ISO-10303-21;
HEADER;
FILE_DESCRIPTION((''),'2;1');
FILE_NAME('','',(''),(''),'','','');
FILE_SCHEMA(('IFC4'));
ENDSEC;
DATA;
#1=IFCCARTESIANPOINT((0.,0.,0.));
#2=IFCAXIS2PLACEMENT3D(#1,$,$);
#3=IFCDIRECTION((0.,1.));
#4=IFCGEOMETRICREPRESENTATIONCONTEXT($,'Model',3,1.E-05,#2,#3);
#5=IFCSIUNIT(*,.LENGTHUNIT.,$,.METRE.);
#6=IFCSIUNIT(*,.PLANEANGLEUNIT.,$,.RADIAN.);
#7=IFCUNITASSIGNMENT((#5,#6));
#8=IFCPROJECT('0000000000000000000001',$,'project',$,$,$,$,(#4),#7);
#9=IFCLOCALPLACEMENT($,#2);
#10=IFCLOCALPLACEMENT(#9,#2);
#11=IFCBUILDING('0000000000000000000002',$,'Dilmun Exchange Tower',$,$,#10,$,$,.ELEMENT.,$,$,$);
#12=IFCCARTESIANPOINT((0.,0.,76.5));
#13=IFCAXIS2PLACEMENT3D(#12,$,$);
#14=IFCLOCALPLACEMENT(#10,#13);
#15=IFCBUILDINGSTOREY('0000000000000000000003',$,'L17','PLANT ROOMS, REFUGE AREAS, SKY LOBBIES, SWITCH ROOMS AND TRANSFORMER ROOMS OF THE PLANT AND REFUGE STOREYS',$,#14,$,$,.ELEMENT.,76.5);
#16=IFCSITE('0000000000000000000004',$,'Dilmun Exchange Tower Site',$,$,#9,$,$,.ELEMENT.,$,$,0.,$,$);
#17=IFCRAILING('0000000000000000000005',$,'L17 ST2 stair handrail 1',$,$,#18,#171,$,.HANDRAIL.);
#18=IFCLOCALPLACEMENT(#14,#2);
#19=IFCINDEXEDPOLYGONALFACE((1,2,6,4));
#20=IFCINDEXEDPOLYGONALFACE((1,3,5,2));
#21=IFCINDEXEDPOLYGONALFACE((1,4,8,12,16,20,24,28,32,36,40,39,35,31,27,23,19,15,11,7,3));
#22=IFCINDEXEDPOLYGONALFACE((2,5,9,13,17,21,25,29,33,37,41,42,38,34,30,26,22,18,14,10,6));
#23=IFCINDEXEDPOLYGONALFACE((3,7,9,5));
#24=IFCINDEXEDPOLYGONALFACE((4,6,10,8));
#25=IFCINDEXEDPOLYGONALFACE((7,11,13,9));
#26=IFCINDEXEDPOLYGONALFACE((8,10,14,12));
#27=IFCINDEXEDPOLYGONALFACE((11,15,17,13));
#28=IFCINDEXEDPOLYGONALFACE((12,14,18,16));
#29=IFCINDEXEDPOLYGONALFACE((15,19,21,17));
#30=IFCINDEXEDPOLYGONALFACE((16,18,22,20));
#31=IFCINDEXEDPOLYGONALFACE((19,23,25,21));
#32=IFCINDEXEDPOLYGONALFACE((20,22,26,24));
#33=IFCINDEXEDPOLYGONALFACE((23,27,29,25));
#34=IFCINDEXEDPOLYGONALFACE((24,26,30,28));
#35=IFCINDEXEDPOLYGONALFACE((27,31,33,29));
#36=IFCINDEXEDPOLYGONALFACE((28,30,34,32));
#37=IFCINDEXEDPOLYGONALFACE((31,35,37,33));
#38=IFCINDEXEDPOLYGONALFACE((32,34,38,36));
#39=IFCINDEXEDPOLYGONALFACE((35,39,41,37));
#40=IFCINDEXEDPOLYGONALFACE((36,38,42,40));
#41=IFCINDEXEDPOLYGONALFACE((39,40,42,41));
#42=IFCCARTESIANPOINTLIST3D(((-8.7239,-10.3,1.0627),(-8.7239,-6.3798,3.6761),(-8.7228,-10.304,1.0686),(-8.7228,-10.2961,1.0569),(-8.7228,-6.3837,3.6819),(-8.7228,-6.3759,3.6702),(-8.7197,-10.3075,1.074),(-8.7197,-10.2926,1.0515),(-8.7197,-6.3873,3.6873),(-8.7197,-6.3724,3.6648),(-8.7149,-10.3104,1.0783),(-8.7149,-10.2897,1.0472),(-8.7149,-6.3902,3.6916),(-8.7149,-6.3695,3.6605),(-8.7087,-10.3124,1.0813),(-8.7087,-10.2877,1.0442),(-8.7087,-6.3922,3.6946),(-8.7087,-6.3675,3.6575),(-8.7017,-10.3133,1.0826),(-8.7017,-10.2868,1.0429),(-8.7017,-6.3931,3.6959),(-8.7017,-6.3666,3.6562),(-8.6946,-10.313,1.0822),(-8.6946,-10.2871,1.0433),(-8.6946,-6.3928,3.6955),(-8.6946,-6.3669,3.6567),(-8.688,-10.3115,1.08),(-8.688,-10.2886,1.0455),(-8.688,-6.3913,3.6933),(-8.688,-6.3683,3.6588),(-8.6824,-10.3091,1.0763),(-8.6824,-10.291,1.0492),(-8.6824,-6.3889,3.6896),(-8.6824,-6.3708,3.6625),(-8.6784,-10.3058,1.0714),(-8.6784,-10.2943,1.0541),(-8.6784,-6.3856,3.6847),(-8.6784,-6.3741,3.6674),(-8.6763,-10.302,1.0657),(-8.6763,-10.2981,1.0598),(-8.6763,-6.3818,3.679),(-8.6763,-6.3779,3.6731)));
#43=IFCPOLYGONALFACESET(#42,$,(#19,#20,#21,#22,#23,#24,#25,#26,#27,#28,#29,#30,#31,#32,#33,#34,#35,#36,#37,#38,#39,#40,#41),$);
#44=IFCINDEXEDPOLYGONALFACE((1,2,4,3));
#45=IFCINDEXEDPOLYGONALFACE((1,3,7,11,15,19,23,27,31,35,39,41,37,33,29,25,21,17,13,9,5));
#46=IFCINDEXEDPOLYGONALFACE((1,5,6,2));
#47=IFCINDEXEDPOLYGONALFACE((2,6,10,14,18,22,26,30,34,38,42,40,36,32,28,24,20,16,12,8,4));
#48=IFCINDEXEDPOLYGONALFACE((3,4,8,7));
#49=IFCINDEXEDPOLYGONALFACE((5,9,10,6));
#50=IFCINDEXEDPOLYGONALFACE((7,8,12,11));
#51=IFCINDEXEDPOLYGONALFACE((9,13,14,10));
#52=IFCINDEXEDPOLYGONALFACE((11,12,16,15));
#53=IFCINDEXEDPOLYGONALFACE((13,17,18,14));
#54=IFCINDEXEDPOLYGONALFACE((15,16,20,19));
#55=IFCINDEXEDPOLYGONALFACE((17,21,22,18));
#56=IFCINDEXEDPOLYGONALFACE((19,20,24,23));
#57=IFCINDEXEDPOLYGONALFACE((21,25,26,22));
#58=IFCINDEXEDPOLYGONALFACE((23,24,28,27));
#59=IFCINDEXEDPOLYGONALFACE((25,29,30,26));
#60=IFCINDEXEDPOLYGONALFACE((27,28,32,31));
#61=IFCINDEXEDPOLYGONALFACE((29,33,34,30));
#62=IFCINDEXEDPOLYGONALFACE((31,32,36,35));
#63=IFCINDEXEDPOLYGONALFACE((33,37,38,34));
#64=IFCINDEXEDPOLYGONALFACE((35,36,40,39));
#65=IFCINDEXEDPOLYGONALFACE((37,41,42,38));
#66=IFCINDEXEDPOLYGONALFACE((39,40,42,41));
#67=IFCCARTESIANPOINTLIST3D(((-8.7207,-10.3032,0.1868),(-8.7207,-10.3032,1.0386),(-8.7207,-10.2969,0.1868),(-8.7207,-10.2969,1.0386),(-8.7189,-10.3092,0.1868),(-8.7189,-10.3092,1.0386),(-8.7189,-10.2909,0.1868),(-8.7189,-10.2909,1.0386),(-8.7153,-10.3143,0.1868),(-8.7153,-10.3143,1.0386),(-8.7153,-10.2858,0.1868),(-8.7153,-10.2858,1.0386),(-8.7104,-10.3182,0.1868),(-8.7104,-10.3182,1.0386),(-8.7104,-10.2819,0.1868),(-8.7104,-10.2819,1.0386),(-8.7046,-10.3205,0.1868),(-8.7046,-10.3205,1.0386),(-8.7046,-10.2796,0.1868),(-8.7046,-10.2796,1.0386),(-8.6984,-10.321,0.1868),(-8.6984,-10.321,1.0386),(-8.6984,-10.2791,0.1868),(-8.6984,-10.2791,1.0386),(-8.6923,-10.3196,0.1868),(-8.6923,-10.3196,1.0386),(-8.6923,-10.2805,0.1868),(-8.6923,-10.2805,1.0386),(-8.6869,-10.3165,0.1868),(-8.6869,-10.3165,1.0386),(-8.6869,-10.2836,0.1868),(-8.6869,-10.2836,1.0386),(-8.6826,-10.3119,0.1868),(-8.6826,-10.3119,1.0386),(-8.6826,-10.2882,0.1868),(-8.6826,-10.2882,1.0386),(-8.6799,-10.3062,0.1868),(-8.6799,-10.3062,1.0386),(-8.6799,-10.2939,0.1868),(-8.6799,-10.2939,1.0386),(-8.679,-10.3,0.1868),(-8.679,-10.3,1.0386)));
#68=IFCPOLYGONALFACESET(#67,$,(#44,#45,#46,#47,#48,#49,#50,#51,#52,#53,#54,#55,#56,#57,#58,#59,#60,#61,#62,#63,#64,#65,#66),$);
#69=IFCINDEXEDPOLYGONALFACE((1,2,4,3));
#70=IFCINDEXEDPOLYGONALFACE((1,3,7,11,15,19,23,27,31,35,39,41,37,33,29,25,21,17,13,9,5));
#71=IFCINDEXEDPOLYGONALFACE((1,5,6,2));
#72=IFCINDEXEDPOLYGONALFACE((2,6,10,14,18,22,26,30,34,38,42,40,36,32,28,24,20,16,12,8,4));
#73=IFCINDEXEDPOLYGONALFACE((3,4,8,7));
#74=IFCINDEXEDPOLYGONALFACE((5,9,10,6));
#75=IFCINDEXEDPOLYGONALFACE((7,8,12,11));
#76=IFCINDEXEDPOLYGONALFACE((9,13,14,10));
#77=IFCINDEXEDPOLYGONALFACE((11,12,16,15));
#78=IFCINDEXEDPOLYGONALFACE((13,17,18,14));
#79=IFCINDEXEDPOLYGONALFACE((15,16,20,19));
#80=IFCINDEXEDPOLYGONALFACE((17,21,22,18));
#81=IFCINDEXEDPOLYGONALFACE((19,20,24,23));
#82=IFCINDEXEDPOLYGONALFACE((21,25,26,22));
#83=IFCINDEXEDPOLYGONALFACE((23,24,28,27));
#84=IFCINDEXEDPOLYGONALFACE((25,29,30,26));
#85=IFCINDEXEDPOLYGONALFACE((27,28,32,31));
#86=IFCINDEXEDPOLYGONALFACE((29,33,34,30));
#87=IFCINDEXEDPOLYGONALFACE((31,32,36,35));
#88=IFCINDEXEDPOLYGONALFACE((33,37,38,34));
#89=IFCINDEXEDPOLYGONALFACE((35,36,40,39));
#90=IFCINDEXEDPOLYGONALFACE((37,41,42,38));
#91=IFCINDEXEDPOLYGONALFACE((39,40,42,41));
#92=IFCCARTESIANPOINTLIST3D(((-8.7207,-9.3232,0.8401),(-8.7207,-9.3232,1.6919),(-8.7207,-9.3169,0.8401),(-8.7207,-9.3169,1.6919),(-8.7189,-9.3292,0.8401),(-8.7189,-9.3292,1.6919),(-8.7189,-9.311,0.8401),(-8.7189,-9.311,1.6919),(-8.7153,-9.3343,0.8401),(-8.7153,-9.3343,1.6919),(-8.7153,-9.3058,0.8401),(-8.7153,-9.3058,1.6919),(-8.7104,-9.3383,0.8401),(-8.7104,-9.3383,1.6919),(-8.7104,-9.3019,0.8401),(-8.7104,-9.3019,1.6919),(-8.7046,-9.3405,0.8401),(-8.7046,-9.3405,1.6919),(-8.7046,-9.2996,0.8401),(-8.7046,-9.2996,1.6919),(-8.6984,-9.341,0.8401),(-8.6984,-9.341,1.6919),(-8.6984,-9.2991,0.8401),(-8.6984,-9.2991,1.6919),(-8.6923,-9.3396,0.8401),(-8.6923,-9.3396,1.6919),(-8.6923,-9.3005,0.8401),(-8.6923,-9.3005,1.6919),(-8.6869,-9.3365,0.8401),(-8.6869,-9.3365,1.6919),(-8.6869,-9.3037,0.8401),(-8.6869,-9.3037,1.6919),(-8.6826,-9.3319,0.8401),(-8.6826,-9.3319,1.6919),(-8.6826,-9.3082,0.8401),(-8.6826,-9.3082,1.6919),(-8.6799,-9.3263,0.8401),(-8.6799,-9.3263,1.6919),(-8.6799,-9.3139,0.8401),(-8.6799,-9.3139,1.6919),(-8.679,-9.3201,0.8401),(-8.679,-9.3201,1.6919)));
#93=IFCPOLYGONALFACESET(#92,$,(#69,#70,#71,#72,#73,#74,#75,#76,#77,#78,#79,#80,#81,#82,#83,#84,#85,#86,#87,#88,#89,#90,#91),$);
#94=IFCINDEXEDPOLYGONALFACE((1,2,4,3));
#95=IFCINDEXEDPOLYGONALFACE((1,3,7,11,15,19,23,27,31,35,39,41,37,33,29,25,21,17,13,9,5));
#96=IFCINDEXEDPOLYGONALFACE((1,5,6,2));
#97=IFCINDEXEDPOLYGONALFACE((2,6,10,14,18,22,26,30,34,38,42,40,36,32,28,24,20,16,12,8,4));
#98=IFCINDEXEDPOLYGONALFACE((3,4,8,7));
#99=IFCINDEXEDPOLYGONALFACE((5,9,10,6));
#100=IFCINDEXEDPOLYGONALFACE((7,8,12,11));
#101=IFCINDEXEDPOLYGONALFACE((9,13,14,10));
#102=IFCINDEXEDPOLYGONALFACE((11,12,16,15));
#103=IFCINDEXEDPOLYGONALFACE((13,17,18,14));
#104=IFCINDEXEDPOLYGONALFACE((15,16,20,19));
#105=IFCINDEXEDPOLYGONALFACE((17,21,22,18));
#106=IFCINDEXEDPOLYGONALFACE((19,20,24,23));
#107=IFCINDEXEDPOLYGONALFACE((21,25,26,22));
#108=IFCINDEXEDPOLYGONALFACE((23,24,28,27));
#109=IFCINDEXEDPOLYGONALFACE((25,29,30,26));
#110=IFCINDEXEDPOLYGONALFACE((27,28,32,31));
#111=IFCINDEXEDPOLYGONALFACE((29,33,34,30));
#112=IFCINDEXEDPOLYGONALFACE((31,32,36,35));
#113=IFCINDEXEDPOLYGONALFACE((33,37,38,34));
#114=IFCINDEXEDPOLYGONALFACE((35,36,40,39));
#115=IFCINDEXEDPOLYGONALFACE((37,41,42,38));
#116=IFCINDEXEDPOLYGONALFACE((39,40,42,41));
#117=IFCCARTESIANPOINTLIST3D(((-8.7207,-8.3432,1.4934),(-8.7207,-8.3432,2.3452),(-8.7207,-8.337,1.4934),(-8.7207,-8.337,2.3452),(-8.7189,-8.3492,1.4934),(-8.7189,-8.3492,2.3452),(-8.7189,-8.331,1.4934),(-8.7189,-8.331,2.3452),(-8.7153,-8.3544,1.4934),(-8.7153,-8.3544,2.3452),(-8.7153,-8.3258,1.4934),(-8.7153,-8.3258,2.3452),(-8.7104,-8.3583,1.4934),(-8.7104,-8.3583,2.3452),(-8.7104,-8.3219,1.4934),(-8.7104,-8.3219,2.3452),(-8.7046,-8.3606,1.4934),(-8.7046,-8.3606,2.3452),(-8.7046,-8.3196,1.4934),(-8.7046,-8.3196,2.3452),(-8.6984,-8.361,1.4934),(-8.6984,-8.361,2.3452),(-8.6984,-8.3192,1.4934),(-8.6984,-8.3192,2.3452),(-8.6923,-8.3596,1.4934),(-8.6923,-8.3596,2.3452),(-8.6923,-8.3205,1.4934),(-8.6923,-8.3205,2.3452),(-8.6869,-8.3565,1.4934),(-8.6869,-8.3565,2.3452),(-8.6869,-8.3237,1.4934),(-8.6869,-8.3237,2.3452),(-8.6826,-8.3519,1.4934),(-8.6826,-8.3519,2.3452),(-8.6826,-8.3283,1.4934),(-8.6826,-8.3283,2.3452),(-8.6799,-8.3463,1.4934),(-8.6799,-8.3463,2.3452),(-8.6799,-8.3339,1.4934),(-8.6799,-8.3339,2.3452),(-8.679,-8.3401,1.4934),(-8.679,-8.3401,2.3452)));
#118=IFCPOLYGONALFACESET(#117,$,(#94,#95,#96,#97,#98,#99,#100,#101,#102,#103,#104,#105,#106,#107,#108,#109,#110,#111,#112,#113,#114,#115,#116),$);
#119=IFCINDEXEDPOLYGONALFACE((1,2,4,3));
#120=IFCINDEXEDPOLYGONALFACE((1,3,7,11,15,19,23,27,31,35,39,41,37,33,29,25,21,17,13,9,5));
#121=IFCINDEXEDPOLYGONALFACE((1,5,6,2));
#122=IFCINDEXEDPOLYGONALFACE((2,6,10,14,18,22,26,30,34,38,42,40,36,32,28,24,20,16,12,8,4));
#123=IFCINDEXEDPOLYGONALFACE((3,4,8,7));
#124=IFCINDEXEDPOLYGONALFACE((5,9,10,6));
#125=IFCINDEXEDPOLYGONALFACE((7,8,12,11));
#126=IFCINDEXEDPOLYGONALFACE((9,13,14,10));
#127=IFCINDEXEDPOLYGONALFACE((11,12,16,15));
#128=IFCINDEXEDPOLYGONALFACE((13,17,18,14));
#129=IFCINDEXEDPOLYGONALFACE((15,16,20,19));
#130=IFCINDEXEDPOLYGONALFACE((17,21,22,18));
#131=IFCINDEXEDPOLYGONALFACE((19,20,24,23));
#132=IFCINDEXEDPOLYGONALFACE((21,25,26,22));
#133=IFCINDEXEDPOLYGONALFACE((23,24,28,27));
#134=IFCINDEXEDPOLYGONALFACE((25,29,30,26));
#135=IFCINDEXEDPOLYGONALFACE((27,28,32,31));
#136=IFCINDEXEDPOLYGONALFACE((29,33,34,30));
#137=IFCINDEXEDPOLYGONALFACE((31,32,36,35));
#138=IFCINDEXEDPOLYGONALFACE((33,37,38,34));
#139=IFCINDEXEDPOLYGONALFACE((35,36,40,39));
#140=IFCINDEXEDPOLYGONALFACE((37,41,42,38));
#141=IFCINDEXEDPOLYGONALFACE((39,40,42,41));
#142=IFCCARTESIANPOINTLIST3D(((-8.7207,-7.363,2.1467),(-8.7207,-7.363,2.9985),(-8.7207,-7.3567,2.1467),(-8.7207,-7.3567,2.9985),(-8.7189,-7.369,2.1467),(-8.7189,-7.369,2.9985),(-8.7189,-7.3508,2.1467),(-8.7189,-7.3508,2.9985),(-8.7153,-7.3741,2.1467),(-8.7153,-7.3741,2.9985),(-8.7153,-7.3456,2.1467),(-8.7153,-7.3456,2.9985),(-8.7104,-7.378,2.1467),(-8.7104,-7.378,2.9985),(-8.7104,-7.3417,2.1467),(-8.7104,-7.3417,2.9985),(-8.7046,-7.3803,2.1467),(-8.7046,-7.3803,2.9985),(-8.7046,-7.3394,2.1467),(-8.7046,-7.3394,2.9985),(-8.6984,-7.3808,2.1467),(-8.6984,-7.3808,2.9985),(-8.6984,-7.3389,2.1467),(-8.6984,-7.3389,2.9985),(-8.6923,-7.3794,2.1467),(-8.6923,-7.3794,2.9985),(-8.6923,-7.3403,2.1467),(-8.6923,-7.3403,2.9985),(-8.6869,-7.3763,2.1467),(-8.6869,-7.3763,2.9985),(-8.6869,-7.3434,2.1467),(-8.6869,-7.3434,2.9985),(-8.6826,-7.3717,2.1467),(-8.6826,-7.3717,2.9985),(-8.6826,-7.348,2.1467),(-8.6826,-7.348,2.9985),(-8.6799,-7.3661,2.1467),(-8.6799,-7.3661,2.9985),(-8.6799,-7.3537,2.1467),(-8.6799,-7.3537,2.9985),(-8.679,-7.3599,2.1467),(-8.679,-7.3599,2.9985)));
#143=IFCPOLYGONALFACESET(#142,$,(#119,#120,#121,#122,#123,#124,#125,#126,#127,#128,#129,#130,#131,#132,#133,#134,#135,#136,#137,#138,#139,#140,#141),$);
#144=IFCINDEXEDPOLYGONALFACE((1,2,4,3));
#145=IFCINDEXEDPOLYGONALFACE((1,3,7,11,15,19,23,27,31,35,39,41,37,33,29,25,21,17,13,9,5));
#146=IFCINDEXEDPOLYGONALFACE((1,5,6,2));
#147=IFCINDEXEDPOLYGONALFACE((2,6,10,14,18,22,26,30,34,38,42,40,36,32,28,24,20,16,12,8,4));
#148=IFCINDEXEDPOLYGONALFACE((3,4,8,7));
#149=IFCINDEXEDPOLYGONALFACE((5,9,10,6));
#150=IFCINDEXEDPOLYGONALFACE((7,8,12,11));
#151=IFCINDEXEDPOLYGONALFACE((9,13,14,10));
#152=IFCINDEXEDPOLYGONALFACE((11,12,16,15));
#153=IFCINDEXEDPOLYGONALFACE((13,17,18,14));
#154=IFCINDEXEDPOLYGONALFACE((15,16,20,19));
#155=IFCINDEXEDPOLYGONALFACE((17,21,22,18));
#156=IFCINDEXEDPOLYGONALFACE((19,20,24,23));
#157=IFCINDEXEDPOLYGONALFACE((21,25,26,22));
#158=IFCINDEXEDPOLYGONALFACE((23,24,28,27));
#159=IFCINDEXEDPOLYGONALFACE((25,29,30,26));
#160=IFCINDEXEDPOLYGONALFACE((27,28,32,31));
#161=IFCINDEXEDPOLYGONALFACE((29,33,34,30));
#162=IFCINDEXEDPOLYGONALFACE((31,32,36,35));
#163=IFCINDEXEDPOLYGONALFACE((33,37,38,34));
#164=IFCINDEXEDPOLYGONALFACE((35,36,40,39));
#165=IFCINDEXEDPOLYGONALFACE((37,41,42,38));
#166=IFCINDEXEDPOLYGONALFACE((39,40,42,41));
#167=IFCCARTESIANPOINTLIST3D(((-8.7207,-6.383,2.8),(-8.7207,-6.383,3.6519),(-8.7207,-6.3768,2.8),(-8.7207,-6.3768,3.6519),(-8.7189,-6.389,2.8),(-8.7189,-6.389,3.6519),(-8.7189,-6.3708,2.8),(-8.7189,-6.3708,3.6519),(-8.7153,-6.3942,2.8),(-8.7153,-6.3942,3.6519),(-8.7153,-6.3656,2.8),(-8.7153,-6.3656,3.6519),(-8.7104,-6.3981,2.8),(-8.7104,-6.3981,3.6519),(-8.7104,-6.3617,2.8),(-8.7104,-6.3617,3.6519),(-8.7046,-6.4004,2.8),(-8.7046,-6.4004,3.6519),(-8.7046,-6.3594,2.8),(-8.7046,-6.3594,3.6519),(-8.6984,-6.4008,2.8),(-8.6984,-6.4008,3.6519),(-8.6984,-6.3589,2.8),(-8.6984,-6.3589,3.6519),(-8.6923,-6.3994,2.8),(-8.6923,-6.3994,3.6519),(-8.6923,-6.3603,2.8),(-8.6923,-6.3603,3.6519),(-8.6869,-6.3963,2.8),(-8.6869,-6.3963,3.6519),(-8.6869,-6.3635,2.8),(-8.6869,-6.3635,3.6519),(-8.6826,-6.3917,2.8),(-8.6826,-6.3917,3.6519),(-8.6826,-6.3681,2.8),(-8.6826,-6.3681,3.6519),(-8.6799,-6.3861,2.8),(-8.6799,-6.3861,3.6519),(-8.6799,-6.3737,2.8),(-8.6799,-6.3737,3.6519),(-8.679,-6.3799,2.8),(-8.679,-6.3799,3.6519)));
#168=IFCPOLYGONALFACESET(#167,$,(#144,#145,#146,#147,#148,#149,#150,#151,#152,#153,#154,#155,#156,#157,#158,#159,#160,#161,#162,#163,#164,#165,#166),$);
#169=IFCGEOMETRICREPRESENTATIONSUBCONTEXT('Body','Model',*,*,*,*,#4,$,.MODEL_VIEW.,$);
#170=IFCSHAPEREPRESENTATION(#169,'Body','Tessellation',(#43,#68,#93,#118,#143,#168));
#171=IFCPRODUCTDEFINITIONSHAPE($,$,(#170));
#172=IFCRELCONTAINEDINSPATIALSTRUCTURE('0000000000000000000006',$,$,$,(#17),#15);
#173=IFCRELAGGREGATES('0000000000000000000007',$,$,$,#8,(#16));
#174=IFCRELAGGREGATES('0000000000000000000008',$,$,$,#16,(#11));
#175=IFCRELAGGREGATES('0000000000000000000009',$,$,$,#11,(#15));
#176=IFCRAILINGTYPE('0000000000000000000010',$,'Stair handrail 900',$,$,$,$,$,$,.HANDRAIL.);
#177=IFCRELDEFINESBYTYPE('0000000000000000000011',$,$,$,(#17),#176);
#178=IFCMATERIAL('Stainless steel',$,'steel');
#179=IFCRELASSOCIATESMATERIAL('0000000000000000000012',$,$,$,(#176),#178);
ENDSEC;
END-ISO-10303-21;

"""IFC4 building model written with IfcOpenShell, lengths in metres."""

from ifc_helpers import new_model, si_unit, direction, frame, origin, origin_2d, place, context, subcontext, project, spatial, circle, extrude, material, type_object, element, save


model = new_model("IFC4")

# Units and contexts
model_context = context("Model", 3, precision=1e-05, world=origin(), true_north=direction((0.0, 1.0)))
body_context = subcontext(model_context, "Body", "Model", "MODEL_VIEW")
ifc_project = project(units=[si_unit("LENGTHUNIT", "METRE"), si_unit("PLANEANGLEUNIT", "RADIAN")], contexts=[model_context])

# Site, building, storey
site_placement = place(None, origin())
site = spatial("IfcSite", under=ifc_project, at=site_placement, Name="Dilmun Exchange Tower Site", CompositionType="ELEMENT", RefElevation=0.0)
building_placement = place(site_placement, origin())
building = spatial("IfcBuilding", under=site, at=building_placement, Name="Dilmun Exchange Tower", CompositionType="ELEMENT")
storey_placement = place(building_placement, frame((0.0, 0.0, 76.5)))
storey = spatial("IfcBuildingStorey", under=building, at=storey_placement, Name="L17", Description="PLANT ROOMS, REFUGE AREAS, SKY LOBBIES, SWITCH ROOMS AND TRANSFORMER ROOMS OF THE PLANT AND REFUGE STOREYS", CompositionType="ELEMENT", Elevation=76.5)

# Railing
ifc_material_1 = material(Name="Stainless steel", Category="steel")
railing_type = type_object("IfcRailingType", Name="Stair handrail 900", PredefinedType="HANDRAIL", material=ifc_material_1)
railing_1_placement = place(storey_placement, frame((-8.7, -10.3, 0.1868)))
element("IfcRailing", 1, at=railing_1_placement, inside=storey, type_object=railing_type, Name="L17 ST2 stair handrail 1", PredefinedType="HANDRAIL", context=body_context, shape_type="SweptSolid", body=[
    extrude(circle(Radius=0.0239, at=origin_2d()), frame((0.0, 0.0, 0.876), z_axis=(0.0, 0.832066, 0.554676), x_axis=(-1.0, 0.0, 0.0)), (0.0, 0.0, 1.0), 4.7114),
    extrude(circle(Radius=0.021, at=origin_2d()), origin(), (0.0, 0.0, 1.0), 0.8518),
    extrude(circle(Radius=0.021, at=origin_2d()), frame((0.0, 0.98, 0.6533)), (0.0, 0.0, 1.0), 0.8518),
    extrude(circle(Radius=0.021, at=origin_2d()), frame((0.0, 1.96, 1.3066)), (0.0, 0.0, 1.0), 0.8518),
    extrude(circle(Radius=0.021, at=origin_2d()), frame((0.0, 2.9402, 1.96)), (0.0, 0.0, 1.0), 0.8518),
    extrude(circle(Radius=0.021, at=origin_2d()), frame((0.0, 3.9202, 2.6133)), (0.0, 0.0, 1.0), 0.8518),
])

save(model, "model.ifc")
